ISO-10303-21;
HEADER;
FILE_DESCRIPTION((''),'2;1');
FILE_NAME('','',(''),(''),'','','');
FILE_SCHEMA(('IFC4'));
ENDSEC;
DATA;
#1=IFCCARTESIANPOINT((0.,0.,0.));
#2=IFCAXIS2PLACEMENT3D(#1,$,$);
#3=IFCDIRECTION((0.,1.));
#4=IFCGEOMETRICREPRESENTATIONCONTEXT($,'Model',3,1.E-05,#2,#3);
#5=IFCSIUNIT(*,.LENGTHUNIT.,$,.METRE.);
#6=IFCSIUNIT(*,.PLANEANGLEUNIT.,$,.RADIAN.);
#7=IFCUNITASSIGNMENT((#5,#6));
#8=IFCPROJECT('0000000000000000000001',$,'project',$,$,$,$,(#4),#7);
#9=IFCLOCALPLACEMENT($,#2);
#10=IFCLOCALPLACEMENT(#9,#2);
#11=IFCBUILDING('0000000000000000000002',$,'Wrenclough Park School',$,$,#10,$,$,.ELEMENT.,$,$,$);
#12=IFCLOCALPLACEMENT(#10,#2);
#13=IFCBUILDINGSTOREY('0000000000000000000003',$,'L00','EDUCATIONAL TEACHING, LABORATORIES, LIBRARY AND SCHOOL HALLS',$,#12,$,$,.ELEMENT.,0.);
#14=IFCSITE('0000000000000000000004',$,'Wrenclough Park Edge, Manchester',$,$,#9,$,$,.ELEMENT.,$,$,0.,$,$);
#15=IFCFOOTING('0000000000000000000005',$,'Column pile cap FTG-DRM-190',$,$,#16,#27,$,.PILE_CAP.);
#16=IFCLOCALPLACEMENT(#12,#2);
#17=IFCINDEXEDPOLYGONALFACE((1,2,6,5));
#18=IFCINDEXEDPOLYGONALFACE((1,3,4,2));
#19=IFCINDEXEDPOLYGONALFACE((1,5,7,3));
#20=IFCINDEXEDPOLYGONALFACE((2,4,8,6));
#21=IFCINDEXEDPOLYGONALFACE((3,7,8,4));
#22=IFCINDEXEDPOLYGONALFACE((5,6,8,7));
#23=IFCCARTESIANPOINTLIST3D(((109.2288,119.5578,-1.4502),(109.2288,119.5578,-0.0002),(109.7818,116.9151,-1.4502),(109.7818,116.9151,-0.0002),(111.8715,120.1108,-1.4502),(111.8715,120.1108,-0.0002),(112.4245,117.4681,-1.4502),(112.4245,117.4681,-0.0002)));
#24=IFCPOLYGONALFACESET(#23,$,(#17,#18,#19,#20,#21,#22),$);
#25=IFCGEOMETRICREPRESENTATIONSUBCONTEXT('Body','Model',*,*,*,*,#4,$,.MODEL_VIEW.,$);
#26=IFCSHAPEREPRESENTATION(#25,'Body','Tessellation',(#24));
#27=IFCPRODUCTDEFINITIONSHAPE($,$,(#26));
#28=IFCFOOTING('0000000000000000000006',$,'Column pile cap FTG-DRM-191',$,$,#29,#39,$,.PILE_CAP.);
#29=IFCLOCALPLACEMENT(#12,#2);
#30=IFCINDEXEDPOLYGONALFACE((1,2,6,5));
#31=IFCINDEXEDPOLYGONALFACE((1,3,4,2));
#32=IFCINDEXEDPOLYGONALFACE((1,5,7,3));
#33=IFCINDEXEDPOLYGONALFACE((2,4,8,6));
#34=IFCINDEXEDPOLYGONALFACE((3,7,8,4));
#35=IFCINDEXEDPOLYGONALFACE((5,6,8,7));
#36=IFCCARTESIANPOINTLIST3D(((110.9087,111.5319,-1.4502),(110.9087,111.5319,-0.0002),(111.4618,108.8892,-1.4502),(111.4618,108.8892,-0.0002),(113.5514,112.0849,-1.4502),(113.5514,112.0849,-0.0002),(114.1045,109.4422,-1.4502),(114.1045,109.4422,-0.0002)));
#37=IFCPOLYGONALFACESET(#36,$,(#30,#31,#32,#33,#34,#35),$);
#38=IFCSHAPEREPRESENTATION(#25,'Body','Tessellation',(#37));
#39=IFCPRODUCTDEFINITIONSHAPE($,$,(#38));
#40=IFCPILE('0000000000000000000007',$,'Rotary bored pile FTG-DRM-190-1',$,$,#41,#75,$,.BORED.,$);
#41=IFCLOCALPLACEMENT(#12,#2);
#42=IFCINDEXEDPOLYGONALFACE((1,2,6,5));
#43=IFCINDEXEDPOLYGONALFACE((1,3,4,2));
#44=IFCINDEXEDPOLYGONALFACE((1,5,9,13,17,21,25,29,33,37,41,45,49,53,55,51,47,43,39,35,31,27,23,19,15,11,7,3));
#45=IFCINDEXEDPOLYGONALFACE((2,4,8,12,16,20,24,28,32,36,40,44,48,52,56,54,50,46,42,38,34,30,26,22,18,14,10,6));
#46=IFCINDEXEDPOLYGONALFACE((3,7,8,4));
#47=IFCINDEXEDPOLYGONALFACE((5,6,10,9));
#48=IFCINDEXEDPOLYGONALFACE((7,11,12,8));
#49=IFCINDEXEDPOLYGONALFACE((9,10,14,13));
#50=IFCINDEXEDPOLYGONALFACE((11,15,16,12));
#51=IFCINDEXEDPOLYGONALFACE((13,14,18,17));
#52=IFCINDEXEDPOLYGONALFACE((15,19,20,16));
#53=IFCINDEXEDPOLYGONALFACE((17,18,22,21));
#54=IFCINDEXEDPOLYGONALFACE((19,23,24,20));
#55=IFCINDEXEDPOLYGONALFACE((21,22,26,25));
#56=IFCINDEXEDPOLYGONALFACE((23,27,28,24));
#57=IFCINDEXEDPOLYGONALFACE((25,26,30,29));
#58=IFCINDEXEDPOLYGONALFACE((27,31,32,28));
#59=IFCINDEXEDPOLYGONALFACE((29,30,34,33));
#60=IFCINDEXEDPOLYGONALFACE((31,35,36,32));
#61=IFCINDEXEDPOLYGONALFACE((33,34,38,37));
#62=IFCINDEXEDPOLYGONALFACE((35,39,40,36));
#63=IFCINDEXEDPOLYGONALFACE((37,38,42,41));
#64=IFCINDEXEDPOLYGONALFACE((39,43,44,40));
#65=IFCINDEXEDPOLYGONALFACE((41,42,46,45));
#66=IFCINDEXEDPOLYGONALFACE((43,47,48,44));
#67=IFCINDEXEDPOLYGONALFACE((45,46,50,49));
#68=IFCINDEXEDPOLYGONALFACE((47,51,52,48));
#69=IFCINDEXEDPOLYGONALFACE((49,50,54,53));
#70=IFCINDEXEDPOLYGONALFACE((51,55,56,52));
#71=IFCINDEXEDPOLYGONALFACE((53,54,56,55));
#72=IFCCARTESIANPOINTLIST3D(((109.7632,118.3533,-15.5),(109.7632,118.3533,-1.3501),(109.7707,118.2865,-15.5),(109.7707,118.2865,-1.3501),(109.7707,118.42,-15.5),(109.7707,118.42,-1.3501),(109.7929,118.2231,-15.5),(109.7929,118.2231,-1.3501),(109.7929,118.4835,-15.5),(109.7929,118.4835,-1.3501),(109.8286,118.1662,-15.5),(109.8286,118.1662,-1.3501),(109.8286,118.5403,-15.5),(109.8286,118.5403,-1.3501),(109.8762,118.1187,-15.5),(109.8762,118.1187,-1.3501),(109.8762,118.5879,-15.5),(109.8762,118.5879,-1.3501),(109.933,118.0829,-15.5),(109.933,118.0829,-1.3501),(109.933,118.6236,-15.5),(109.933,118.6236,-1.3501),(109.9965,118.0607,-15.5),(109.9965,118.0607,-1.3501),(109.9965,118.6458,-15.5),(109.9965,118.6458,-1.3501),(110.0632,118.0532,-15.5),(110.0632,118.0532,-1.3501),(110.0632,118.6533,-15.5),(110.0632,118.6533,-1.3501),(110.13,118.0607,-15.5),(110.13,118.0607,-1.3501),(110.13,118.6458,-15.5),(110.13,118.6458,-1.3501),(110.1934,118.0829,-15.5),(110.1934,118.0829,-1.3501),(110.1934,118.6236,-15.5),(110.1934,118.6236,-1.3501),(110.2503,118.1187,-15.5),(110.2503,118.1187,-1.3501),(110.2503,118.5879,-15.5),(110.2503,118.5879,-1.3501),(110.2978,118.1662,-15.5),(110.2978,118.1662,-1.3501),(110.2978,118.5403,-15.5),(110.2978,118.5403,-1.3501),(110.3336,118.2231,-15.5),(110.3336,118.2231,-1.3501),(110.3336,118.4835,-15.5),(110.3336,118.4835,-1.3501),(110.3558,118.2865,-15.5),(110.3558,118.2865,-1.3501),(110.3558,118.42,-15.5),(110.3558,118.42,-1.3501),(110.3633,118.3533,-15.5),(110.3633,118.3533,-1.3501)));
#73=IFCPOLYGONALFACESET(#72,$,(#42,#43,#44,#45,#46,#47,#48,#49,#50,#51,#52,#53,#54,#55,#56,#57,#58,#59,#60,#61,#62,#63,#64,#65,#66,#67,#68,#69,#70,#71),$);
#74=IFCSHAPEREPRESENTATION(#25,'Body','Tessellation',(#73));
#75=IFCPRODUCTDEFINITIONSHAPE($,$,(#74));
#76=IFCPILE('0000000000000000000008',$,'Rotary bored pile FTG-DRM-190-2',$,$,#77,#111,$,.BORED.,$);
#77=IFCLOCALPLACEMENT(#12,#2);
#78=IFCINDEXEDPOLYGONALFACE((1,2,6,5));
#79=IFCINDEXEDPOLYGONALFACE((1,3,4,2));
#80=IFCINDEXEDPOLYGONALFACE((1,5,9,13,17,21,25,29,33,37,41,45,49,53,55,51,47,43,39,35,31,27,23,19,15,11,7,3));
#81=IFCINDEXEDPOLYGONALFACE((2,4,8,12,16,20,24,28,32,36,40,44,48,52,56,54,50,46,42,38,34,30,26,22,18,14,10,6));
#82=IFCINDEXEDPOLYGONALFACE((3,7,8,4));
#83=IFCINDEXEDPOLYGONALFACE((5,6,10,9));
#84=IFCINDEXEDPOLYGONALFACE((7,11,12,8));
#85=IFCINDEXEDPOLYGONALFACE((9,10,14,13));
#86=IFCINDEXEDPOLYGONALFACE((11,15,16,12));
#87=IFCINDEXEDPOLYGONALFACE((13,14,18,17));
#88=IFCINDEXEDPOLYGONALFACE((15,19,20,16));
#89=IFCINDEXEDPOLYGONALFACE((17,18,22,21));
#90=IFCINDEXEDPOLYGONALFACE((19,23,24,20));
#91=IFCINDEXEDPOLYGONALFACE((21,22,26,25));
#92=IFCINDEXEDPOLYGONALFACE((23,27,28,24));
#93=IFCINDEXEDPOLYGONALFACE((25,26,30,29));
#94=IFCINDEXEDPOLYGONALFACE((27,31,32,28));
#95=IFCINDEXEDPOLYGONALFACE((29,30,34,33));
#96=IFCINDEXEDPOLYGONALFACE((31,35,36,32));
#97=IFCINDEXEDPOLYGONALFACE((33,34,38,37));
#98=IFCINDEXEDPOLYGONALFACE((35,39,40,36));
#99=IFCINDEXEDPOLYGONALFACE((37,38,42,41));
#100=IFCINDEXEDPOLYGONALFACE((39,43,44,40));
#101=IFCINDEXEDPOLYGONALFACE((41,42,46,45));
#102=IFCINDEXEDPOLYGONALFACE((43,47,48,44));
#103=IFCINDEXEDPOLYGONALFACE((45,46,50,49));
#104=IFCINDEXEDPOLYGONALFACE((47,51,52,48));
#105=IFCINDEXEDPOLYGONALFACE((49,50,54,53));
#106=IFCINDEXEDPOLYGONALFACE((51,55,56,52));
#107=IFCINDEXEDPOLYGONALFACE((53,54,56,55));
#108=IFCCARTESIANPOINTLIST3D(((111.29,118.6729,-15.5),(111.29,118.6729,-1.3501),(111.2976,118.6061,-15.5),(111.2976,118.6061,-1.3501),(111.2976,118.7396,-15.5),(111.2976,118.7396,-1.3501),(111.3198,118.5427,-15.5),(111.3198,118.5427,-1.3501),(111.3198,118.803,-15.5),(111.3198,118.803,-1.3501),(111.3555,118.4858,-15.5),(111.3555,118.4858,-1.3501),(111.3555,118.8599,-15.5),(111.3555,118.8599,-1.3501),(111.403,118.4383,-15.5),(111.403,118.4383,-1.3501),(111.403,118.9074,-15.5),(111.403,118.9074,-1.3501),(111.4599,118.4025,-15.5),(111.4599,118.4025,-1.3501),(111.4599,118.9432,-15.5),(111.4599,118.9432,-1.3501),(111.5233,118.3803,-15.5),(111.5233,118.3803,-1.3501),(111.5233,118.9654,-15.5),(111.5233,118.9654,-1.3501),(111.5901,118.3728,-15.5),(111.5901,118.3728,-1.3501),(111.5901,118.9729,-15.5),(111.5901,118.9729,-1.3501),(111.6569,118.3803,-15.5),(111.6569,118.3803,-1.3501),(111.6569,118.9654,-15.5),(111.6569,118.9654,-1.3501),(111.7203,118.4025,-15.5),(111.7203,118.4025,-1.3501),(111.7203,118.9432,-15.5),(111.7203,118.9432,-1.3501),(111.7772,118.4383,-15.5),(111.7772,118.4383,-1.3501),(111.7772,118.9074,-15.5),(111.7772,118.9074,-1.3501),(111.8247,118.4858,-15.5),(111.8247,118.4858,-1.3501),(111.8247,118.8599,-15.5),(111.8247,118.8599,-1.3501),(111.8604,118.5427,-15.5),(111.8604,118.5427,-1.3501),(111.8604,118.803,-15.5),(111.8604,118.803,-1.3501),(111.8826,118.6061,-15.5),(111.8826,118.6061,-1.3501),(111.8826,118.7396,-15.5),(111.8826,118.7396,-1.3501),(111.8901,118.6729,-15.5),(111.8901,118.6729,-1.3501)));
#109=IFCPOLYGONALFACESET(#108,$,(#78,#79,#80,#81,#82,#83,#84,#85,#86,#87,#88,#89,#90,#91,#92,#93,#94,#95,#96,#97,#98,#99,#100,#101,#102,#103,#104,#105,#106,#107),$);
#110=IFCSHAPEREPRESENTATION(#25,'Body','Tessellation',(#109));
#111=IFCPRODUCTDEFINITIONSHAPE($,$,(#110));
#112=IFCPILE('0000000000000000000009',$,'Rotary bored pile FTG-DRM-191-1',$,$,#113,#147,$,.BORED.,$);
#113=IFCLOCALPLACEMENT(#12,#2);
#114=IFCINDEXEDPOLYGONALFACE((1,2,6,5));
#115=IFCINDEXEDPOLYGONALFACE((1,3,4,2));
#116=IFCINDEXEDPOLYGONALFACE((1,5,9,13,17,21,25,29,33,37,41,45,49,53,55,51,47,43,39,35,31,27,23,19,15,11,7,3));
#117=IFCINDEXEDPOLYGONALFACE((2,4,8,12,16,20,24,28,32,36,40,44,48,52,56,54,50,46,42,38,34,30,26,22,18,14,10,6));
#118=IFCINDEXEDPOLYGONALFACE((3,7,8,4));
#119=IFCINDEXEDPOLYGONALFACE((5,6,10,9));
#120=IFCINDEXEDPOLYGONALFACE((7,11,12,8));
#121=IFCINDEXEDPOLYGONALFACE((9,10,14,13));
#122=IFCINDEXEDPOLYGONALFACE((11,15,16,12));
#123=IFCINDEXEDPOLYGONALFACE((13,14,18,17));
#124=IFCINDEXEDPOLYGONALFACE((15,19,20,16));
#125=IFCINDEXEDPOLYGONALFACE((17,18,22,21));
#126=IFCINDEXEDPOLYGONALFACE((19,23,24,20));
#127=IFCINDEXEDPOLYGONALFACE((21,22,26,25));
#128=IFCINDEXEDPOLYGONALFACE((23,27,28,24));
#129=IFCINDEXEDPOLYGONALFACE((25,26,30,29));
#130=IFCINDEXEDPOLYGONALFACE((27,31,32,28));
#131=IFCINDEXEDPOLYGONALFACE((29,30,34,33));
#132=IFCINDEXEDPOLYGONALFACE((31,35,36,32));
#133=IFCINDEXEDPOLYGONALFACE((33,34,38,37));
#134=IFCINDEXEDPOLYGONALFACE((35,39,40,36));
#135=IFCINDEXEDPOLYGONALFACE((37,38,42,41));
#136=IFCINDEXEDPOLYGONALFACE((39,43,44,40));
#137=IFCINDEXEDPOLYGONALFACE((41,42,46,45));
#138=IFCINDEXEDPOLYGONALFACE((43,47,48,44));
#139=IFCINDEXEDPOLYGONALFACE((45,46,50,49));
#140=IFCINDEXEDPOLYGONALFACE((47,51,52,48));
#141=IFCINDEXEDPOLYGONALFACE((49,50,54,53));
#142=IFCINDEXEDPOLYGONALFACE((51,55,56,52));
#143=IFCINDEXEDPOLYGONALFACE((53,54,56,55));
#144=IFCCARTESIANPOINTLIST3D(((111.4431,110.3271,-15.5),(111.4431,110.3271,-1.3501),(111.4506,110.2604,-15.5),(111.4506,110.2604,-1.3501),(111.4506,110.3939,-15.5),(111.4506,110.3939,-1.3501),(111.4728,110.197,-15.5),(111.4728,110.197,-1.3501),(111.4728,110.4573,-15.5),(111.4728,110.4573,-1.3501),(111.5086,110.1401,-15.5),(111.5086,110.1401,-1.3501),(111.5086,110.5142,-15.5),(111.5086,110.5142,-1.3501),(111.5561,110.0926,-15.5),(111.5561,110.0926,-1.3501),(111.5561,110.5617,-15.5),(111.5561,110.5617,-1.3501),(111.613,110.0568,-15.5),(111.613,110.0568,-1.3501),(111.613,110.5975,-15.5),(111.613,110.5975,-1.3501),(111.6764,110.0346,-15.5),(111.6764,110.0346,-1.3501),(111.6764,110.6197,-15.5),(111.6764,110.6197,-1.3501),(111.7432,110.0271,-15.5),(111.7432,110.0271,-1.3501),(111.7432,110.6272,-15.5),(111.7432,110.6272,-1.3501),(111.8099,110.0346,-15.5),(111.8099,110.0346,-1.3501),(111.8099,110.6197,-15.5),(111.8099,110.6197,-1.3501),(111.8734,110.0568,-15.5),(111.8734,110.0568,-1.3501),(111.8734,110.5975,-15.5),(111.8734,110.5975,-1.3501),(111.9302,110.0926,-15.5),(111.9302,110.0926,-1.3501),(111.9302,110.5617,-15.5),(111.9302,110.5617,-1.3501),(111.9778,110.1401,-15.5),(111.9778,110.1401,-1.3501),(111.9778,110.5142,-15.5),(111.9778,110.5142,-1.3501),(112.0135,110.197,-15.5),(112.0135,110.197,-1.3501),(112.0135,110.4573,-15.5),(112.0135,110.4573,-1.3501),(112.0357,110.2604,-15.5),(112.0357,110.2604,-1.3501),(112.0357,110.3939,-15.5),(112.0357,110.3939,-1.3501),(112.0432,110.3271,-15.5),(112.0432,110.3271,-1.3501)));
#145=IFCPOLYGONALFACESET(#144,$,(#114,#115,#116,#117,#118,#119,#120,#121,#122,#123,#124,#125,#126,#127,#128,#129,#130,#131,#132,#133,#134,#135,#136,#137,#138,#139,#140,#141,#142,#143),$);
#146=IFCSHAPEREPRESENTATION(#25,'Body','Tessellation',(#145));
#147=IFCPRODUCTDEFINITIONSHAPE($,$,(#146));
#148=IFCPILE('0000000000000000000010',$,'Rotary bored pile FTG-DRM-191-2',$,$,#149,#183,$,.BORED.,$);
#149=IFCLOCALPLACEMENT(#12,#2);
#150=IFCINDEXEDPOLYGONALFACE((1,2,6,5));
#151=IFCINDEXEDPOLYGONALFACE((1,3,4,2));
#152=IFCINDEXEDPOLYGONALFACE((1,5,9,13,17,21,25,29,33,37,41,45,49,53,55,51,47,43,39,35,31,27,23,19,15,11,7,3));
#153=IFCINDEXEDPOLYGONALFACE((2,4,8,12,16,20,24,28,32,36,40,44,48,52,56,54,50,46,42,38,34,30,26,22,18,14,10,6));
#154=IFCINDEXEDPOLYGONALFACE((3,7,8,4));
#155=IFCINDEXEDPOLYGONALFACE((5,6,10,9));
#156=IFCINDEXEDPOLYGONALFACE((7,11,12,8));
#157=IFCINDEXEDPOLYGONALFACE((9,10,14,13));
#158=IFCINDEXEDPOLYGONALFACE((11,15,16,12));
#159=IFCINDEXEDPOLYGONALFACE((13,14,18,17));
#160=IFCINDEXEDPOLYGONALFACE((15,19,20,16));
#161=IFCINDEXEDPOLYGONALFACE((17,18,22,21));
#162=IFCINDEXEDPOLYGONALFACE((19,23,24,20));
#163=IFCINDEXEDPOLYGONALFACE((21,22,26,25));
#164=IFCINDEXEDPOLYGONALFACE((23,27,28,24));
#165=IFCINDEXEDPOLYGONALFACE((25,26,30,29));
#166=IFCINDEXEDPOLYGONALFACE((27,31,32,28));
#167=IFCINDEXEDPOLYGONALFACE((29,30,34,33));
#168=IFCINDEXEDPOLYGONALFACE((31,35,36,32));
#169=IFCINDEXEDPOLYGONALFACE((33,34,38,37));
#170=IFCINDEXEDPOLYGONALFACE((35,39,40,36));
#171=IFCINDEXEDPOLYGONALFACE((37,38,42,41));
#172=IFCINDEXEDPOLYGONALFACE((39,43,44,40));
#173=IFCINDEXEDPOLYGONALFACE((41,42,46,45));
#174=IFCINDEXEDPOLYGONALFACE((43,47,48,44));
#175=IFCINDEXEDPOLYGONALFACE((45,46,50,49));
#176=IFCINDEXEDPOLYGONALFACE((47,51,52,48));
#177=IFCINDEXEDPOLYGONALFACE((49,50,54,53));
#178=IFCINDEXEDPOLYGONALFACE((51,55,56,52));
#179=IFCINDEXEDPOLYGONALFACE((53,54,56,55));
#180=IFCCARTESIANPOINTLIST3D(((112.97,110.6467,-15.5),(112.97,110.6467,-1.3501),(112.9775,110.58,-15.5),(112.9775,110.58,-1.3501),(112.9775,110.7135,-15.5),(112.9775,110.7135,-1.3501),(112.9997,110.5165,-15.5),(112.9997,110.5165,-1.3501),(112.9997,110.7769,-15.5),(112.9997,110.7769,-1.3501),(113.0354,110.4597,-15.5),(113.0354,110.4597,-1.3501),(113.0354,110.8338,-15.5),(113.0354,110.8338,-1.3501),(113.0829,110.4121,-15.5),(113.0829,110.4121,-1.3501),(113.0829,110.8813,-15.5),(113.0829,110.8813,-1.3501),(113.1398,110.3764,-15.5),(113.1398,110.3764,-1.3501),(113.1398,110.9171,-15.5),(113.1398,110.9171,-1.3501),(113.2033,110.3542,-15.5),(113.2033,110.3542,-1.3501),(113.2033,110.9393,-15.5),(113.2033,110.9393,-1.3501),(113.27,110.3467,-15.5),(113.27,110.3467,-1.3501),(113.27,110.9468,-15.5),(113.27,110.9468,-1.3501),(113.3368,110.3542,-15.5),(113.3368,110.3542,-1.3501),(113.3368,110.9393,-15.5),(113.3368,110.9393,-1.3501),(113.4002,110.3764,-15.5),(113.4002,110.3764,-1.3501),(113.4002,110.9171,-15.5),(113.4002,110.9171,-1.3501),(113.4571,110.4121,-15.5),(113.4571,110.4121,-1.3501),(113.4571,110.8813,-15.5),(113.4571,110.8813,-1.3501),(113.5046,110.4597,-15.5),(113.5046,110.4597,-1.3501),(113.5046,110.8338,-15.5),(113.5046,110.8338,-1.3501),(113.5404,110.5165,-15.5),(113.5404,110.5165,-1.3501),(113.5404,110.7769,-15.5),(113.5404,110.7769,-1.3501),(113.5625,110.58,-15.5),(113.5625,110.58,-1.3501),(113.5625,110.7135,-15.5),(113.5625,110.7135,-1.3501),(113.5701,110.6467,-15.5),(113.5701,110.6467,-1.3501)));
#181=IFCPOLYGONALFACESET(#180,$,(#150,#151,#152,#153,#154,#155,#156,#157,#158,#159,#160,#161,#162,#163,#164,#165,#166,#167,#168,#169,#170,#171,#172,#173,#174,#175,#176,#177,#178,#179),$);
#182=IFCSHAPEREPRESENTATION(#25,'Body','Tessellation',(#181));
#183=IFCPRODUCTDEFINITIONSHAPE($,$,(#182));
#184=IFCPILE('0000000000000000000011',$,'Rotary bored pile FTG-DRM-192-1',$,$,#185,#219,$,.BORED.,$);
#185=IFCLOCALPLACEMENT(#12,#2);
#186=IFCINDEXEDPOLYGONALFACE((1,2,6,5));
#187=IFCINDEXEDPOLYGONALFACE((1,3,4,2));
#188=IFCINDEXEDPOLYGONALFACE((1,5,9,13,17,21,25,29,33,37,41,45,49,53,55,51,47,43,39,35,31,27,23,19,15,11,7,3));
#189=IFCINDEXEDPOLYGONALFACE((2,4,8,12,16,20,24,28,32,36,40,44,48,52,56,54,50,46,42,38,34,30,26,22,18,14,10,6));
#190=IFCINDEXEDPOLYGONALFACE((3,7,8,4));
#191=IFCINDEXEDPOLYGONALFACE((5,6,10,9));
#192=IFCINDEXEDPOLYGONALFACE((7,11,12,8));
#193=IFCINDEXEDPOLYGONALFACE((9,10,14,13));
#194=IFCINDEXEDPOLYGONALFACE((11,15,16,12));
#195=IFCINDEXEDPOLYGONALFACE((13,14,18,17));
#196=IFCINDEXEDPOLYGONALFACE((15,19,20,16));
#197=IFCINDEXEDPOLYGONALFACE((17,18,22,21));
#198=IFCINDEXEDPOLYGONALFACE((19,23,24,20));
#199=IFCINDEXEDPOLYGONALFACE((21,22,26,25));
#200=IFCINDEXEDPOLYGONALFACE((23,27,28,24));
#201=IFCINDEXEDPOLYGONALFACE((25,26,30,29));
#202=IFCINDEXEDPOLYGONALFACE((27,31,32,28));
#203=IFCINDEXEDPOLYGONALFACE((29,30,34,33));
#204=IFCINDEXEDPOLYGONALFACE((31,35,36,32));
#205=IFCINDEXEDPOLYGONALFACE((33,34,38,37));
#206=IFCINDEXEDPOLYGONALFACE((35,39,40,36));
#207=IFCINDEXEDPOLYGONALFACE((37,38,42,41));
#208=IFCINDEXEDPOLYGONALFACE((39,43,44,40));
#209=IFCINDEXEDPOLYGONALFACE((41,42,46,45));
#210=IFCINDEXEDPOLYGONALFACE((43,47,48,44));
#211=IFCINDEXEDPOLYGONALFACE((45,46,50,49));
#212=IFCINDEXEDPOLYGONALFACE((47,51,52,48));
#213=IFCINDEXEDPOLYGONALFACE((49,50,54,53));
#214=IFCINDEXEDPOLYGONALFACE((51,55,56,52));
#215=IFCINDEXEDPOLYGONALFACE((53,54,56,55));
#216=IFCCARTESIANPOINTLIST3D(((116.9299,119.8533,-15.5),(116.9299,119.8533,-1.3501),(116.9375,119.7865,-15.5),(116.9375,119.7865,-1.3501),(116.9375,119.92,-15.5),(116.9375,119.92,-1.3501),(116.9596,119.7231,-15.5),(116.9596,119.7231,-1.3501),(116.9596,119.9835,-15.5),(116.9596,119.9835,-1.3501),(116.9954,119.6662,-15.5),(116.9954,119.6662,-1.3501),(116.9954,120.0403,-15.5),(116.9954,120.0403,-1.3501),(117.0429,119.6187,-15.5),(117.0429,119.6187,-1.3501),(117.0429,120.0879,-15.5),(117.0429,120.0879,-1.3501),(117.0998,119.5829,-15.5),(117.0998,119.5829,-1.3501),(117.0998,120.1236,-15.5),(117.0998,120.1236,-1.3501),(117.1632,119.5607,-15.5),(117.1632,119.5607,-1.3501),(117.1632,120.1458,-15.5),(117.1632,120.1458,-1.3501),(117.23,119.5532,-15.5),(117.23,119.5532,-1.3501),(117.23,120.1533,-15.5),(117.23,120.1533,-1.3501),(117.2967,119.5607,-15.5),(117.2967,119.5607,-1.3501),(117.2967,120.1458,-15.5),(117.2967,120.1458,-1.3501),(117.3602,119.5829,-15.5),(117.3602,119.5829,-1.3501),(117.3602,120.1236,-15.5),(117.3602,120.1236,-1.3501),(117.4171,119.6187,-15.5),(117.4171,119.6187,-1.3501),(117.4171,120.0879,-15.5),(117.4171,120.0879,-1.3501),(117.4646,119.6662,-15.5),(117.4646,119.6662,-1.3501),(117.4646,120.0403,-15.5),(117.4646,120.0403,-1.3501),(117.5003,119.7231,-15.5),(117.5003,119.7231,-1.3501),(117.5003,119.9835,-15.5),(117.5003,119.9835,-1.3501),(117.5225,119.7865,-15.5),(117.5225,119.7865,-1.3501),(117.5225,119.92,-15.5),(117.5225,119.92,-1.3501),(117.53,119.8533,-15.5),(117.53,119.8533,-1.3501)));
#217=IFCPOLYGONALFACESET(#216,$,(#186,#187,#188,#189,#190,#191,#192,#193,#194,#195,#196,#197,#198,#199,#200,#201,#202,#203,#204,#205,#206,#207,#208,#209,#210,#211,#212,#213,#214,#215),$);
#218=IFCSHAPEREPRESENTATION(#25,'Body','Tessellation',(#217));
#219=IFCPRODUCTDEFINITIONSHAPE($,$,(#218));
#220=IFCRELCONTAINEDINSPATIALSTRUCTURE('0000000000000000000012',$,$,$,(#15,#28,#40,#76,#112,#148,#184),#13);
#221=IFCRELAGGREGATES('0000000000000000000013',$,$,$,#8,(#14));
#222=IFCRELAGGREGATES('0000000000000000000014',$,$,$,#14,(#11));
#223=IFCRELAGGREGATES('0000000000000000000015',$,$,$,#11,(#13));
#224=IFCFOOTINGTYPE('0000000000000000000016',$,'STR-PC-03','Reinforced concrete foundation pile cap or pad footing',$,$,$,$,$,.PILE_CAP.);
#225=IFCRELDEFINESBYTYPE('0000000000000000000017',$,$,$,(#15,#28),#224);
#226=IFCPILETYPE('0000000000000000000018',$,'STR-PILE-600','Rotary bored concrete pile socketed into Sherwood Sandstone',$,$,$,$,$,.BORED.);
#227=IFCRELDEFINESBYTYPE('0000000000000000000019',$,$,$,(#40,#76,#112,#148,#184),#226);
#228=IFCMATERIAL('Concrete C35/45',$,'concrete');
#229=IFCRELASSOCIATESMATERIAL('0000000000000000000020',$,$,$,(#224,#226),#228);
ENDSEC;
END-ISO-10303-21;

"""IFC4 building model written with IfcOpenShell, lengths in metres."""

from ifc_helpers import new_model, si_unit, direction, frame, origin, origin_2d, place, context, subcontext, project, spatial, rectangle, circle, extrude, material, material_profile, profile_set, type_object, element, save


model = new_model("IFC4")

# Units and contexts
model_context = context("Model", 3, precision=1e-05, world=origin(), true_north=direction((0.0, 1.0)))
body_context = subcontext(model_context, "Body", "Model", "MODEL_VIEW")
ifc_project = project(units=[si_unit("LENGTHUNIT", "METRE"), si_unit("PLANEANGLEUNIT", "RADIAN")], contexts=[model_context])

# Site, building, storey
site_placement = place(None, origin())
site = spatial("IfcSite", under=ifc_project, at=site_placement, Name="Wrenclough Park Edge, Manchester", CompositionType="ELEMENT", RefElevation=0.0)
building_placement = place(site_placement, origin())
building = spatial("IfcBuilding", under=site, at=building_placement, Name="Wrenclough Park School", CompositionType="ELEMENT")
storey_placement = place(building_placement, origin())
storey = spatial("IfcBuildingStorey", under=building, at=storey_placement, Name="L00", Description="EDUCATIONAL TEACHING, LABORATORIES, LIBRARY AND SCHOOL HALLS", CompositionType="ELEMENT", Elevation=0.0)

# Footings
ifc_material_1 = material(Name="Concrete C35/45", Category="concrete")
footing_type = type_object("IfcFootingType", Name="STR-PC-03", Description="Reinforced concrete foundation pile cap or pad footing", PredefinedType="PILE_CAP", material=ifc_material_1)
for number, where, z_axis, x_axis, name in (
    (1, (110.8267, 118.5129, -1.4502), (0.0, 0.0, 1.0), (0.978796, 0.204838, 0.0), "Column pile cap FTG-DRM-190"),
    (2, (112.5066, 110.4871, -1.4502), (0.0, 0.0, 1.0), (0.978796, 0.204838, 0.0), "Column pile cap FTG-DRM-191"),
):
    element("IfcFooting", number, at=place(storey_placement, frame(where, z_axis=z_axis, x_axis=x_axis)), inside=storey, type_object=footing_type, Name=name, PredefinedType="PILE_CAP", context=body_context, shape_type="SweptSolid", body=[
        extrude(rectangle(XDim=2.7, YDim=2.7, at=origin_2d()), origin(), (0.0, 0.0, 1.0), 1.45),
    ])

# Piles
ifc_material_profile_1 = material_profile(ifc_material_1, circle(Radius=0.3, at=origin_2d()), Name="BORED PILE D600")
ifc_profile_set_1 = profile_set([ifc_material_profile_1], Name="Concrete C35/45")
pile_type = type_object("IfcPileType", Name="STR-PILE-600", Description="Rotary bored concrete pile socketed into Sherwood Sandstone", PredefinedType="BORED", material=ifc_profile_set_1)
for number, where, z_axis, x_axis, name in (
    (3, (110.0632, 118.3533, -1.3501), (0.0, 0.0, -1.0), (1.0, 0.0, 0.0), "Rotary bored pile FTG-DRM-190-1"),
    (4, (111.5901, 118.6729, -1.3501), (0.0, 0.0, -1.0), (1.0, 0.0, 0.0), "Rotary bored pile FTG-DRM-190-2"),
    (5, (111.7432, 110.3271, -1.3501), (0.0, 0.0, -1.0), (1.0, 0.0, 0.0), "Rotary bored pile FTG-DRM-191-1"),
    (6, (113.27, 110.6467, -1.3501), (0.0, 0.0, -1.0), (1.0, 0.0, 0.0), "Rotary bored pile FTG-DRM-191-2"),
    (7, (117.23, 119.8533, -1.3501), (0.0, 0.0, -1.0), (1.0, 0.0, 0.0), "Rotary bored pile FTG-DRM-192-1"),
):
    element("IfcPile", number, at=place(storey_placement, frame(where, z_axis=z_axis, x_axis=x_axis)), inside=storey, type_object=pile_type, Name=name, PredefinedType="BORED", context=body_context, shape_type="SweptSolid", body=[
        extrude(circle(Radius=0.3, at=origin_2d()), origin(), (0.0, 0.0, 1.0), 14.1499),
    ])

save(model, "model.ifc")
